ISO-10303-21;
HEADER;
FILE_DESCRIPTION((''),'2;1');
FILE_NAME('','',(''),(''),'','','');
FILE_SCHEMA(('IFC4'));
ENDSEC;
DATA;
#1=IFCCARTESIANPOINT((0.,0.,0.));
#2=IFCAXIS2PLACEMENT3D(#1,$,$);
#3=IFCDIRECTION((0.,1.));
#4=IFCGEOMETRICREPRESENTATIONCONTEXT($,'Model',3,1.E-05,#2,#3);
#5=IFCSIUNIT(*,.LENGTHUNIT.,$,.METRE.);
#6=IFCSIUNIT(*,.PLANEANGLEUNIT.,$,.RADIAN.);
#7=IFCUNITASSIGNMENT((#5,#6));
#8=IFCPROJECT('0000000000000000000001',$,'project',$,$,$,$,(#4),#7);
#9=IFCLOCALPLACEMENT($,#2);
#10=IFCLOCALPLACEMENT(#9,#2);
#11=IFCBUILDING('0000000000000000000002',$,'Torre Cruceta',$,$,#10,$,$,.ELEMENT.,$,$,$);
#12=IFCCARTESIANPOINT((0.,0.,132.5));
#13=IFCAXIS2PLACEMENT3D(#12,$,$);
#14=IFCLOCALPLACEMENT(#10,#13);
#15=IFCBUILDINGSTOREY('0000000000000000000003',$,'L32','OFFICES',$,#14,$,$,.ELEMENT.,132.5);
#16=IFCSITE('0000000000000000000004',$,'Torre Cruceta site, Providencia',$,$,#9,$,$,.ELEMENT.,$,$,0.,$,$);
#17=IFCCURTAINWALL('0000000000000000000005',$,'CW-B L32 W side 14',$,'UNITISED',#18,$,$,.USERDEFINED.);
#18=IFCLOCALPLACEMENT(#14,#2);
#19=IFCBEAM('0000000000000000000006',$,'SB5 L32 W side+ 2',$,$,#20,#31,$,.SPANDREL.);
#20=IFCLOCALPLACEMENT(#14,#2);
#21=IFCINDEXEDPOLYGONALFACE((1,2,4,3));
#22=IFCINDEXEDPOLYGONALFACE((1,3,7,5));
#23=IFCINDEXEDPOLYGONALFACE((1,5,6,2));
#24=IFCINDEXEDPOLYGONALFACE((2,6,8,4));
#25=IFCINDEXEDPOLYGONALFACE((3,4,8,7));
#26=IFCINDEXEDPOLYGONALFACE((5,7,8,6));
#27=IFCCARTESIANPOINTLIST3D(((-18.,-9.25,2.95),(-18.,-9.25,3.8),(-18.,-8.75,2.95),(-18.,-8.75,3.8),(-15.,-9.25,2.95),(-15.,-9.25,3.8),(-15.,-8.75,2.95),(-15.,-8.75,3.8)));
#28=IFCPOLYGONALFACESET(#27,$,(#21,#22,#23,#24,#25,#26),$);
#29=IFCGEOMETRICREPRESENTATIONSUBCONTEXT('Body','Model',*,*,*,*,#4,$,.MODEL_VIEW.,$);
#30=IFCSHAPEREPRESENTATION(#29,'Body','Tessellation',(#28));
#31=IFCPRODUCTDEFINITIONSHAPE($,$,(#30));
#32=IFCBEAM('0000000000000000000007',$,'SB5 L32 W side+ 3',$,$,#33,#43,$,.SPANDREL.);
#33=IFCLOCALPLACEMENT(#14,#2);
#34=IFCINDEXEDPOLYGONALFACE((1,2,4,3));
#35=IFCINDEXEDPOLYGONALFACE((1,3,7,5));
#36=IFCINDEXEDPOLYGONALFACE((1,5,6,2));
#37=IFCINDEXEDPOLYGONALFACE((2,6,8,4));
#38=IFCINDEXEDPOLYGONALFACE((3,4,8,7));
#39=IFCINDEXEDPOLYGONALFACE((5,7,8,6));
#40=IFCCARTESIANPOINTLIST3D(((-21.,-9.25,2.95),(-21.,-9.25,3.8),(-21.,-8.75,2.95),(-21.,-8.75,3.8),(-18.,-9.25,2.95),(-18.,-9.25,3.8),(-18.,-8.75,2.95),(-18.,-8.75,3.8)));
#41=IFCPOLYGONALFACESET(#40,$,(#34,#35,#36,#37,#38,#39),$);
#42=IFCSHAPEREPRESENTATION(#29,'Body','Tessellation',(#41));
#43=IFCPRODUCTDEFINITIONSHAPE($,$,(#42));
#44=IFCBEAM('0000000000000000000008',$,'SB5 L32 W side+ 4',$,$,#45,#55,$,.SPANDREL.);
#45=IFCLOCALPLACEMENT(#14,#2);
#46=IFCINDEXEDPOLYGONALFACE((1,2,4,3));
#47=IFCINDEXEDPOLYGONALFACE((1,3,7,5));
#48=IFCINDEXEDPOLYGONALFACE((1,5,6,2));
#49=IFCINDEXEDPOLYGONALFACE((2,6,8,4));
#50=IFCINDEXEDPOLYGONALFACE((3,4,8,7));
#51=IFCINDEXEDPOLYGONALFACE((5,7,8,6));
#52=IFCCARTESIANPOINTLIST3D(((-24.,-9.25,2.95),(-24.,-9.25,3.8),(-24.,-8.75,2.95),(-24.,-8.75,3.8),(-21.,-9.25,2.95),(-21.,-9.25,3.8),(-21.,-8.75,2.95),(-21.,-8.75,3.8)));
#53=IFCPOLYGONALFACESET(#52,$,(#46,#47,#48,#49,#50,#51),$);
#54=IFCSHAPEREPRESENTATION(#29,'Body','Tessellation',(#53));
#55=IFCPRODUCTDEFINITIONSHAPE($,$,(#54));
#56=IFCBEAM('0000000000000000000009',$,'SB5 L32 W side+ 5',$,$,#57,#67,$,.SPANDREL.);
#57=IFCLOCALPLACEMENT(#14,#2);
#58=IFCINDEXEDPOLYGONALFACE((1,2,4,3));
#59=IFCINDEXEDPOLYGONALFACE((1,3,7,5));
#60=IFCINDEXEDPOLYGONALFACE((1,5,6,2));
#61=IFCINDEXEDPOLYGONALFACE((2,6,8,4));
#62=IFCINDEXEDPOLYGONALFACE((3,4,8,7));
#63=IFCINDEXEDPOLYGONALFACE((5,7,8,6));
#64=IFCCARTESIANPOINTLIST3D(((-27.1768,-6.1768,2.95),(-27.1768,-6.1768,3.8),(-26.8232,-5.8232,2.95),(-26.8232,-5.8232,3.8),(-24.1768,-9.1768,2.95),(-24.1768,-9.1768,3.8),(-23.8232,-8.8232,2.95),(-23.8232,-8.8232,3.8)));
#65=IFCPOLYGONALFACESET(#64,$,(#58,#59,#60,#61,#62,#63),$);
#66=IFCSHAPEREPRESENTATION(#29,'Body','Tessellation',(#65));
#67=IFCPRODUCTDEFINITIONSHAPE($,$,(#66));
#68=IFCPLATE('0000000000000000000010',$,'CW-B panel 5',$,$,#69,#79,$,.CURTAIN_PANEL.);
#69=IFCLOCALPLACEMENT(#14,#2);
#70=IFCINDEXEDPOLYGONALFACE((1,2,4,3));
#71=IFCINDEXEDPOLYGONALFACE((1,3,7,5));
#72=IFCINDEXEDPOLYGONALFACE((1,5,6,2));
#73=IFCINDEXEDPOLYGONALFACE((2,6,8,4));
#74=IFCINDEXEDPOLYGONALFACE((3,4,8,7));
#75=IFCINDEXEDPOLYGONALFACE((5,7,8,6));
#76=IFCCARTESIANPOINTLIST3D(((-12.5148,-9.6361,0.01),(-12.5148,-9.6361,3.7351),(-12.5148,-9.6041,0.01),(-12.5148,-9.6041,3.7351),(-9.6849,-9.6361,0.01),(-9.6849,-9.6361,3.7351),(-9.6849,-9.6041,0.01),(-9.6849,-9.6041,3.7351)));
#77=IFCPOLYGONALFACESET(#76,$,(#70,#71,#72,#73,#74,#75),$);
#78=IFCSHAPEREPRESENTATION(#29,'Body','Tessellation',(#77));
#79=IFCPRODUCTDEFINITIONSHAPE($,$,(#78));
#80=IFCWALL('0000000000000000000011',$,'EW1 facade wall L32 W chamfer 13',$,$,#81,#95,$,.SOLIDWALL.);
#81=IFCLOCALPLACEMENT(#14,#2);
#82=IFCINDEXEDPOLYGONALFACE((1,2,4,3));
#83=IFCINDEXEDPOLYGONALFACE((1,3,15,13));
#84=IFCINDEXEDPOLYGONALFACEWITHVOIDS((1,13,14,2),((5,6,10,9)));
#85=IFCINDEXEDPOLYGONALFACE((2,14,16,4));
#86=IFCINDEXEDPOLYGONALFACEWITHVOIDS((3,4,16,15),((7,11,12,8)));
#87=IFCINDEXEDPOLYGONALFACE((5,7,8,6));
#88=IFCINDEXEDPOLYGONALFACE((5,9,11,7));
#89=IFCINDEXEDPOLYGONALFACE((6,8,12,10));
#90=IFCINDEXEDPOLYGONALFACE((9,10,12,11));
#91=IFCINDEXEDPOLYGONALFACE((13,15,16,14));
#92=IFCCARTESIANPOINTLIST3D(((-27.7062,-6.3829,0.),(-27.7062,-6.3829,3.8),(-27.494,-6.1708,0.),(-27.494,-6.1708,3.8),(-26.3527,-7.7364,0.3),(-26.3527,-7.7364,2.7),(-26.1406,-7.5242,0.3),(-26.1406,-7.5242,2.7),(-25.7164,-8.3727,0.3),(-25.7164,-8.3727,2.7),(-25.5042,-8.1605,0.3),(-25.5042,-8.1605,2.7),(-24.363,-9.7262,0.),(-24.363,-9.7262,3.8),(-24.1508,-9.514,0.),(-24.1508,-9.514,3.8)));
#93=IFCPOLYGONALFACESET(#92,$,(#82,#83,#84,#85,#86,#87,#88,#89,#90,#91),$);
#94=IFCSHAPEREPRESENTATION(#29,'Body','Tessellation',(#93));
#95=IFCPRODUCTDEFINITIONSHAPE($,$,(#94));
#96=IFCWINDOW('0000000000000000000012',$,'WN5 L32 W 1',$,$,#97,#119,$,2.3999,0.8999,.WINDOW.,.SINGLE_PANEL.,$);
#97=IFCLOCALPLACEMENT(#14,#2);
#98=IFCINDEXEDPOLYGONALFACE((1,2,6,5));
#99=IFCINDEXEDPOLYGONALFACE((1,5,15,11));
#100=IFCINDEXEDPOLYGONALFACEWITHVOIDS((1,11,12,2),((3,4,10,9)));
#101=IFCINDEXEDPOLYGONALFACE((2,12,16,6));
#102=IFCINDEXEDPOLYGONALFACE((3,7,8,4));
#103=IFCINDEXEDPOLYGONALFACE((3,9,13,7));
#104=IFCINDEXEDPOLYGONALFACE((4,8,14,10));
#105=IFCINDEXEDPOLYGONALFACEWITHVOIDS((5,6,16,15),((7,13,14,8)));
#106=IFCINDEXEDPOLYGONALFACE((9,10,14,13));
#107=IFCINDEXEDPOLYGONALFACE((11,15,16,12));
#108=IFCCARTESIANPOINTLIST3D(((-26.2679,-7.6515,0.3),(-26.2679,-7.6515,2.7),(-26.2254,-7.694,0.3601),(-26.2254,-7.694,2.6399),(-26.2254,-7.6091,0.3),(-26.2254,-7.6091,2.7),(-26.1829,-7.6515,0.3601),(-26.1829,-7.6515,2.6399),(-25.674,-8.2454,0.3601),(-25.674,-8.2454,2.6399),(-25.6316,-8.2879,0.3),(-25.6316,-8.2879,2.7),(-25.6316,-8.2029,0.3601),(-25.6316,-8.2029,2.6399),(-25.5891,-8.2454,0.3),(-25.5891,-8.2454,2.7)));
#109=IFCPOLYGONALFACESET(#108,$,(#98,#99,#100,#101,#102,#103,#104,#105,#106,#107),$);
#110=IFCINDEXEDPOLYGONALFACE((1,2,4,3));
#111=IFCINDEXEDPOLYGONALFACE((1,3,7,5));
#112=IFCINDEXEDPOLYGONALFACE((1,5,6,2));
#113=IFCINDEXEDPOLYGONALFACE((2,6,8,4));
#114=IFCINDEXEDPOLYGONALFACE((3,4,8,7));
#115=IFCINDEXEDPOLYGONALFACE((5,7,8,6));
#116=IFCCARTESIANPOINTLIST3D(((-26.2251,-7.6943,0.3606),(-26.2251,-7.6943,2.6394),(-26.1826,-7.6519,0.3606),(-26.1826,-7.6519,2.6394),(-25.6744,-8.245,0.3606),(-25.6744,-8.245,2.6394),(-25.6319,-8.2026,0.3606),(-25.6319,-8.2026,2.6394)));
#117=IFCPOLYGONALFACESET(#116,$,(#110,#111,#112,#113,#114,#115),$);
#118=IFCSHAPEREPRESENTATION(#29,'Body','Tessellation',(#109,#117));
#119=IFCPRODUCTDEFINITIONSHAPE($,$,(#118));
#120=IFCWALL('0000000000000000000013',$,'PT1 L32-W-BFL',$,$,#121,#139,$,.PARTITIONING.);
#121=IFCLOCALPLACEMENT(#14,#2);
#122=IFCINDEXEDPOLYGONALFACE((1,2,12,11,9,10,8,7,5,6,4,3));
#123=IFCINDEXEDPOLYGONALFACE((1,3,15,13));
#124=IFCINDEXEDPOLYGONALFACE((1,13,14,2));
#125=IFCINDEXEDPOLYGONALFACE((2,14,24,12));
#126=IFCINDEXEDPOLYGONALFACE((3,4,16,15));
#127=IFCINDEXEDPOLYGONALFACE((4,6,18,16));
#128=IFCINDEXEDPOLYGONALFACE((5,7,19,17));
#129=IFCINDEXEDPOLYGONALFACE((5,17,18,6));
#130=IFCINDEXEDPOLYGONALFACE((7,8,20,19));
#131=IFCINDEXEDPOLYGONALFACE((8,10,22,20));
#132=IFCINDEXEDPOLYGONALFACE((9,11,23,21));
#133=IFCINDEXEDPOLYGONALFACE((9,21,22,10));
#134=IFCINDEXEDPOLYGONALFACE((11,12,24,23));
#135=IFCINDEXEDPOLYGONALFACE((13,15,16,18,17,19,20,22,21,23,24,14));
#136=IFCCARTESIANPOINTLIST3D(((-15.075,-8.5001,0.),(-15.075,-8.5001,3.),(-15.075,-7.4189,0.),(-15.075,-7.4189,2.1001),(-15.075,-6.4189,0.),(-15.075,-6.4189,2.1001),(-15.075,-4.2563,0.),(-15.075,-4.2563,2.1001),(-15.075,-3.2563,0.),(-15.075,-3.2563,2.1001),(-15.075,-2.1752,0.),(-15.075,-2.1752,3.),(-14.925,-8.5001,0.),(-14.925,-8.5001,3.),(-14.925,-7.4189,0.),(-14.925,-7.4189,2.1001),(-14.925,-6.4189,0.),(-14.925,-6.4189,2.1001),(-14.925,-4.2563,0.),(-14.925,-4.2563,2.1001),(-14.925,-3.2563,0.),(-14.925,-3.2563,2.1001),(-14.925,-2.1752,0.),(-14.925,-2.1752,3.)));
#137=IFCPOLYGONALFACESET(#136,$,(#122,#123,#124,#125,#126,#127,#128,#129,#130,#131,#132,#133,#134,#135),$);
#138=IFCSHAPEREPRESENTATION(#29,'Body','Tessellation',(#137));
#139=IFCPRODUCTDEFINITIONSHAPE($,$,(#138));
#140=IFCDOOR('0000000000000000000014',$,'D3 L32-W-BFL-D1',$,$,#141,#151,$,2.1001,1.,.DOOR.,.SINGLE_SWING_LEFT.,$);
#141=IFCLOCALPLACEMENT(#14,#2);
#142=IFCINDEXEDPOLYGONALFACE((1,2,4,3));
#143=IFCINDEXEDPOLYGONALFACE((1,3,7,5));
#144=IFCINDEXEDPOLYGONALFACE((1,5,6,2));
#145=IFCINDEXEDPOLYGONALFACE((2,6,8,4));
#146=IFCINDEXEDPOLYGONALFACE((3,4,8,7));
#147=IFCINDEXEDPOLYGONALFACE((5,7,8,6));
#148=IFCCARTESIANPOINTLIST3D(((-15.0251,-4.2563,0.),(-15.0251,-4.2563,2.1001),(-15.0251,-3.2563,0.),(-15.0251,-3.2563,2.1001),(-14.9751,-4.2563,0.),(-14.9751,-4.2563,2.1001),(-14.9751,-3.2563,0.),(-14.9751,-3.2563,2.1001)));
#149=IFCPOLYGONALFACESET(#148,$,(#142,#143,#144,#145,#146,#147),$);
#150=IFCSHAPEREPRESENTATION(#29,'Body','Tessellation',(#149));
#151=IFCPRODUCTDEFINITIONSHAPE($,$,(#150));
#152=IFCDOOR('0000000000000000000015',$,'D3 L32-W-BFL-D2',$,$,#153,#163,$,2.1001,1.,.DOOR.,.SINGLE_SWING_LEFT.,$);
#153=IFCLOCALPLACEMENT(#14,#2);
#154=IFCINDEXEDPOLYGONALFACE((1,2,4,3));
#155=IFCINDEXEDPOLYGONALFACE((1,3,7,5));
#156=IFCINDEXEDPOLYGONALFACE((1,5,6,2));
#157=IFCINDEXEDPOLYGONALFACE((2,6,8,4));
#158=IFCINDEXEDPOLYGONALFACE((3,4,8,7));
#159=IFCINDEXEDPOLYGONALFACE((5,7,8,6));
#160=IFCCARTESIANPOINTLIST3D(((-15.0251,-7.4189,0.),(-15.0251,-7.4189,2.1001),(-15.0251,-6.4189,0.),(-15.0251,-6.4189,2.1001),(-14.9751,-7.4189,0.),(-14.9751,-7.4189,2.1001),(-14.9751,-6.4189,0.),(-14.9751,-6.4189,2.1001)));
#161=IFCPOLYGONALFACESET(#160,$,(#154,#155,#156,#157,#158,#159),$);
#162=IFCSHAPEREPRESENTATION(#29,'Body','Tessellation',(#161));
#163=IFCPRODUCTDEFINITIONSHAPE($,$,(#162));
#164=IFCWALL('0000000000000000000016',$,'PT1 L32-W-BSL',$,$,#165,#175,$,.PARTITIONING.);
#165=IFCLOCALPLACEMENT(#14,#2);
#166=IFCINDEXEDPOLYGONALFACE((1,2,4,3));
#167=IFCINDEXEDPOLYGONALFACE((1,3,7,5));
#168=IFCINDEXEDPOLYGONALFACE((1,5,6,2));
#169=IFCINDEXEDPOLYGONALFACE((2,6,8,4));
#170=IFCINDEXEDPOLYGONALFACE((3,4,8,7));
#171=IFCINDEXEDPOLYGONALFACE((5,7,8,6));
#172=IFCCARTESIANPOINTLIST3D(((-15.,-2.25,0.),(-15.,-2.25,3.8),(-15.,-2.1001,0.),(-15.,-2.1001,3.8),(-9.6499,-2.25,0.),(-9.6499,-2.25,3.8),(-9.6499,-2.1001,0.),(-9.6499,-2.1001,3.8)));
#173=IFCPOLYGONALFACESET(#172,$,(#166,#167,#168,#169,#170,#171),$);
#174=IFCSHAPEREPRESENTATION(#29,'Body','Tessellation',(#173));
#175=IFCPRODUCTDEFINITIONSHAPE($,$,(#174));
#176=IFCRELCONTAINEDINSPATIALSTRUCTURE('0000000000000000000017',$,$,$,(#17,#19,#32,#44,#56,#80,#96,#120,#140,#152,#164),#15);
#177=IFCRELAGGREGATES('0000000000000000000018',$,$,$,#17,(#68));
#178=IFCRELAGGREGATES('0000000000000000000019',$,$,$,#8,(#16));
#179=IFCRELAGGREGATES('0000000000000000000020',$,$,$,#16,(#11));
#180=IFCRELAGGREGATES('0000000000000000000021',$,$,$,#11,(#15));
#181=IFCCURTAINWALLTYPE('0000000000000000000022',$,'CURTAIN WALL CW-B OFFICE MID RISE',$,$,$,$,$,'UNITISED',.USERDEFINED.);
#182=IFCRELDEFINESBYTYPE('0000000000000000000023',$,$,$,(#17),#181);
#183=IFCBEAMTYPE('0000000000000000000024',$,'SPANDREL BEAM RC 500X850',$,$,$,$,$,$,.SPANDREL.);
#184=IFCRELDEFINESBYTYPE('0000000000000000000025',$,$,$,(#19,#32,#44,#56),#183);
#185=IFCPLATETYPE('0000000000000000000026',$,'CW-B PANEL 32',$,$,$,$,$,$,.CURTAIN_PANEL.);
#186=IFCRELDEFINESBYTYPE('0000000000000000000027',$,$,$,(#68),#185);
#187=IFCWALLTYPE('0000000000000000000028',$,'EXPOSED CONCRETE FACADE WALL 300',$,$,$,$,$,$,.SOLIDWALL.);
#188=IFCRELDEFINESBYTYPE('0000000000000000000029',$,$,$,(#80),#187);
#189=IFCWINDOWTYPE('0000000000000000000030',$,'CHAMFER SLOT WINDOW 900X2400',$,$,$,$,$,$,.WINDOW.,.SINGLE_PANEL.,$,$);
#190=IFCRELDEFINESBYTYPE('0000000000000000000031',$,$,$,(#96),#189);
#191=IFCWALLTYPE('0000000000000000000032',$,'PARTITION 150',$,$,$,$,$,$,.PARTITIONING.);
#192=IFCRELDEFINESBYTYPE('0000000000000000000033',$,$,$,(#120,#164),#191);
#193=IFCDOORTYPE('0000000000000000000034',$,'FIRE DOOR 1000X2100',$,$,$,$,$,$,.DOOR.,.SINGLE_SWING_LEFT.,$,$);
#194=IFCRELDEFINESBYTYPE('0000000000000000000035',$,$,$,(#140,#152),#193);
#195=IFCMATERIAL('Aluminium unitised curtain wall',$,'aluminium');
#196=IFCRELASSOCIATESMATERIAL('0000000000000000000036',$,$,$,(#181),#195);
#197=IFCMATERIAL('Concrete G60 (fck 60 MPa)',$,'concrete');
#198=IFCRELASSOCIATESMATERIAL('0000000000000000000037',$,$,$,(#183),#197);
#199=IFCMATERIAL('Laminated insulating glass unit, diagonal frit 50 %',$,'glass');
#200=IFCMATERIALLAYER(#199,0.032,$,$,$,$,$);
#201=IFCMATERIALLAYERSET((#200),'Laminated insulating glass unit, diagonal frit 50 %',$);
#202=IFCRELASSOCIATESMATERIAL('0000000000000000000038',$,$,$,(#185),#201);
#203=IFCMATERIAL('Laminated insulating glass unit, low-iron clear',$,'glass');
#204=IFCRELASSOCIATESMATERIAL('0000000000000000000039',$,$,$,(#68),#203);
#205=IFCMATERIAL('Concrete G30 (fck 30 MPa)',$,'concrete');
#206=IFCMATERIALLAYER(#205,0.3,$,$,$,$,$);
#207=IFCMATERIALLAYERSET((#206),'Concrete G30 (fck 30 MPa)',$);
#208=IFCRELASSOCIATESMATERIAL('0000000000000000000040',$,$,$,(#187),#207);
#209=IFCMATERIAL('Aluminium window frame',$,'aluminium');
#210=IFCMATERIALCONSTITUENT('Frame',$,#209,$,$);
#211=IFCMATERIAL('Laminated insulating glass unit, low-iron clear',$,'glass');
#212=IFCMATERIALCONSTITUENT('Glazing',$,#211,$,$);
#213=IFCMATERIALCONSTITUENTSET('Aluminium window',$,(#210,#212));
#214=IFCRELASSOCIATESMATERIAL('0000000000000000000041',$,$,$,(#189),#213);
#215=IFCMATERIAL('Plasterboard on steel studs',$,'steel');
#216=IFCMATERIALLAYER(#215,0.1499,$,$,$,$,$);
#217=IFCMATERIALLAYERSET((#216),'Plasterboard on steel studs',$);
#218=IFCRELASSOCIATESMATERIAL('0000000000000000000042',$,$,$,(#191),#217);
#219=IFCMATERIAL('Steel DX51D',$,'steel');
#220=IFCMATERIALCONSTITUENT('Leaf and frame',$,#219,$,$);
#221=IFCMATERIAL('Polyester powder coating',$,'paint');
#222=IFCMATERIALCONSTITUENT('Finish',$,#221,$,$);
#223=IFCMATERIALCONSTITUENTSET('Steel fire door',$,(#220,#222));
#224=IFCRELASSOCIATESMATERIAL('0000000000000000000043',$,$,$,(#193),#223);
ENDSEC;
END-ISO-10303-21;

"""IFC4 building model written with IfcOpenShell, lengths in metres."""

from ifc_helpers import new_model, si_unit, direction, frame, frame_2d, origin, origin_2d, place, context, subcontext, project, spatial, rectangle, hollow_rectangle, extrude, material, layer, layer_set, constituent, constituent_set, material_profile, profile_set, type_object, element, fill, aggregate, save


model = new_model("IFC4")

# Units and contexts
model_context = context("Model", 3, precision=1e-05, world=origin(), true_north=direction((0.0, 1.0)))
body_context = subcontext(model_context, "Body", "Model", "MODEL_VIEW")
ifc_project = project(units=[si_unit("LENGTHUNIT", "METRE"), si_unit("PLANEANGLEUNIT", "RADIAN")], contexts=[model_context])

# Site, building, storey
site_placement = place(None, origin())
site = spatial("IfcSite", under=ifc_project, at=site_placement, Name="Torre Cruceta site, Providencia", CompositionType="ELEMENT", RefElevation=0.0)
building_placement = place(site_placement, origin())
building = spatial("IfcBuilding", under=site, at=building_placement, Name="Torre Cruceta", CompositionType="ELEMENT")
storey_placement = place(building_placement, frame((0.0, 0.0, 132.5)))
storey = spatial("IfcBuildingStorey", under=building, at=storey_placement, Name="L32", Description="OFFICES", CompositionType="ELEMENT", Elevation=132.5)

# Curtain wall
ifc_material_1 = material(Name="Aluminium unitised curtain wall", Category="aluminium")
curtain_wall_type = type_object("IfcCurtainWallType", Name="CURTAIN WALL CW-B OFFICE MID RISE", ElementType="UNITISED", PredefinedType="USERDEFINED", material=ifc_material_1)
curtain_wall_placement = place(storey_placement, origin())
curtain_wall = element("IfcCurtainWall", 1, at=curtain_wall_placement, inside=storey, type_object=curtain_wall_type, Name="CW-B L32 W side 14", ObjectType="UNITISED", PredefinedType="USERDEFINED")

# Beams
ifc_material_2 = material(Name="Concrete G60 (fck 60 MPa)", Category="concrete")
ifc_material_profile_1 = material_profile(ifc_material_2, rectangle(XDim=0.5, YDim=0.8501, at=origin_2d()), Name="RC 500X850")
ifc_profile_set_1 = profile_set([ifc_material_profile_1], Name="Concrete G60 (fck 60 MPa)")
beam_type_1 = type_object("IfcBeamType", Name="SPANDREL BEAM RC 500X850", PredefinedType="SPANDREL", material=ifc_profile_set_1)
for number, where, z_axis, x_axis, name in (
    (2, (-15.0, -9.0, 3.375), (-1.0, 0.0, 0.0), (0.0, -1.0, 0.0), "SB5 L32 W side+ 2"),
    (3, (-18.0, -9.0, 3.375), (-1.0, 0.0, 0.0), (0.0, -1.0, 0.0), "SB5 L32 W side+ 3"),
    (4, (-21.0, -9.0, 3.375), (-1.0, 0.0, 0.0), (0.0, -1.0, 0.0), "SB5 L32 W side+ 4"),
):
    element("IfcBeam", number, at=place(storey_placement, frame(where, z_axis=z_axis, x_axis=x_axis)), inside=storey, type_object=beam_type_1, Name=name, PredefinedType="SPANDREL", context=body_context, shape_type="SweptSolid", body=[
        extrude(rectangle(XDim=0.5, YDim=0.8501, at=origin_2d()), origin(), (0.0, 0.0, 1.0), 3.0),
    ])
beam_1_placement = place(storey_placement, frame((-24.0, -9.0, 3.375), z_axis=(-0.707107, 0.707107, 0.0), x_axis=(-0.707107, -0.707107, 0.0)))
element("IfcBeam", 5, at=beam_1_placement, inside=storey, type_object=beam_type_1, Name="SB5 L32 W side+ 5", PredefinedType="SPANDREL", context=body_context, shape_type="SweptSolid", body=[
    extrude(rectangle(XDim=0.5, YDim=0.8501, at=origin_2d()), origin(), (0.0, 0.0, 1.0), 4.2427),
])

# Plate
ifc_material_3 = material(Name="Laminated insulating glass unit, low-iron clear", Category="glass")
ifc_material_4 = material(Name="Laminated insulating glass unit, diagonal frit 50 %", Category="glass")
ifc_layer_1 = layer(ifc_material_4, 0.032)
ifc_layer_set_1 = layer_set([ifc_layer_1], Name="Laminated insulating glass unit, diagonal frit 50 %")
plate_type = type_object("IfcPlateType", Name="CW-B PANEL 32", PredefinedType="CURTAIN_PANEL", material=ifc_layer_set_1)
plate_placement = place(storey_placement, frame((-11.0999, -9.6201, 0.01), z_axis=(0.0, 0.0, 1.0), x_axis=(1.0, 0.0, 0.0)))
plate = element("IfcPlate", 6, at=plate_placement, type_object=plate_type, material=ifc_material_3, Name="CW-B panel 5", PredefinedType="CURTAIN_PANEL", context=body_context, shape_type="SweptSolid", body=[
    extrude(rectangle(XDim=2.8298, YDim=0.032, at=origin_2d()), origin(), (0.0, 0.0, 1.0), 3.7251),
])
aggregate(curtain_wall, [plate])

# Wall, opening, window
ifc_material_5 = material(Name="Concrete G30 (fck 30 MPa)", Category="concrete")
ifc_layer_2 = layer(ifc_material_5, 0.3)
ifc_layer_set_2 = layer_set([ifc_layer_2], Name="Concrete G30 (fck 30 MPa)")
wall_type_1 = type_object("IfcWallType", Name="EXPOSED CONCRETE FACADE WALL 300", PredefinedType="SOLIDWALL", material=ifc_layer_set_2)
wall_1_placement = place(storey_placement, frame((-27.6001, -6.2769, 0.0), z_axis=(0.0, 0.0, 1.0), x_axis=(0.707107, -0.707107, 0.0)))
wall_1 = element("IfcWall", 7, at=wall_1_placement, inside=storey, type_object=wall_type_1, Name="EW1 facade wall L32 W chamfer 13", PredefinedType="SOLIDWALL", context=body_context, shape_type="SweptSolid", body=[
    extrude(rectangle(XDim=4.728, YDim=0.3, at=frame_2d((2.364, 0.0))), origin(), (0.0, 0.0, 1.0), 3.8),
])
opening_1_placement = place(wall_1_placement, frame((1.9141, 0.0, 0.3)))
opening_1 = element("IfcOpeningElement", 8, at=opening_1_placement, cuts=wall_1, PredefinedType="OPENING", context=body_context, shape_type="SweptSolid", body=[
    extrude(rectangle(XDim=0.8999, YDim=2.3999, at=frame_2d((0.45, 1.2))), frame((0.0, 0.1599, 0.0), z_axis=(0.0, -1.0, 0.0), x_axis=(1.0, 0.0, 0.0)), (0.0, 0.0, 1.0), 0.3201),
])
ifc_material_6 = material(Name="Aluminium window frame", Category="aluminium")
ifc_constituent_1 = constituent(ifc_material_6, Name="Frame")
ifc_material_7 = material(Name="Laminated insulating glass unit, low-iron clear", Category="glass")
ifc_constituent_2 = constituent(ifc_material_7, Name="Glazing")
ifc_constituent_set_1 = constituent_set(constituents=[ifc_constituent_1, ifc_constituent_2], Name="Aluminium window")
window_type = type_object("IfcWindowType", Name="CHAMFER SLOT WINDOW 900X2400", PartitioningType="SINGLE_PANEL", PredefinedType="WINDOW", material=ifc_constituent_set_1)
window_placement = place(opening_1_placement, origin())
window = element("IfcWindow", 9, at=window_placement, inside=storey, type_object=window_type, Name="WN5 L32 W 1", OverallHeight=2.3999, OverallWidth=0.8999, PartitioningType="SINGLE_PANEL", PredefinedType="WINDOW", context=body_context, shape_type="SweptSolid", body=[
    extrude(hollow_rectangle(XDim=0.8999, YDim=2.3999, WallThickness=0.0601, at=frame_2d((0.45, 1.2))), frame((0.0, 0.03, 0.0), z_axis=(0.0, -1.0, 0.0), x_axis=(1.0, 0.0, 0.0)), (0.0, 0.0, 1.0), 0.0601),
    extrude(rectangle(XDim=0.7788, YDim=2.2788, at=frame_2d((0.45, 1.2))), frame((0.0, 0.03, 0.0), z_axis=(0.0, -1.0, 0.0), x_axis=(1.0, 0.0, 0.0)), (0.0, 0.0, 1.0), 0.0601),
])
fill(opening_1, window)

# Wall, openings, doors
ifc_material_8 = material(Name="Plasterboard on steel studs", Category="steel")
ifc_layer_3 = layer(ifc_material_8, 0.1499)
ifc_layer_set_3 = layer_set([ifc_layer_3], Name="Plasterboard on steel studs")
wall_type_2 = type_object("IfcWallType", Name="PARTITION 150", PredefinedType="PARTITIONING", material=ifc_layer_set_3)
wall_2_placement = place(storey_placement, frame((-15.0, -2.175, 0.0), z_axis=(0.0, 0.0, 1.0), x_axis=(0.0, -1.0, 0.0)))
wall_2 = element("IfcWall", 10, at=wall_2_placement, inside=storey, type_object=wall_type_2, Name="PT1 L32-W-BFL", PredefinedType="PARTITIONING", context=body_context, shape_type="SweptSolid", body=[
    extrude(rectangle(XDim=6.325, YDim=0.1499, at=frame_2d((3.1626, 0.0))), origin(), (0.0, 0.0, 1.0), 3.0),
])
opening_2_placement = place(wall_2_placement, frame((1.0813, 0.0, 0.0)))
opening_2 = element("IfcOpeningElement", 11, at=opening_2_placement, cuts=wall_2, PredefinedType="OPENING", context=body_context, shape_type="SweptSolid", body=[
    extrude(rectangle(XDim=1.0, YDim=2.1001, at=frame_2d((0.5, 1.05))), frame((0.0, 0.085, 0.0), z_axis=(0.0, -1.0, 0.0), x_axis=(1.0, 0.0, 0.0)), (0.0, 0.0, 1.0), 0.1699),
])
opening_3_placement = place(wall_2_placement, frame((4.2439, 0.0, 0.0)))
opening_3 = element("IfcOpeningElement", 12, at=opening_3_placement, cuts=wall_2, PredefinedType="OPENING", context=body_context, shape_type="SweptSolid", body=[
    extrude(rectangle(XDim=1.0, YDim=2.1001, at=frame_2d((0.5, 1.05))), frame((0.0, 0.085, 0.0), z_axis=(0.0, -1.0, 0.0), x_axis=(1.0, 0.0, 0.0)), (0.0, 0.0, 1.0), 0.1699),
])
ifc_material_9 = material(Name="Steel DX51D", Category="steel")
ifc_constituent_3 = constituent(ifc_material_9, Name="Leaf and frame")
ifc_material_10 = material(Name="Polyester powder coating", Category="paint")
ifc_constituent_4 = constituent(ifc_material_10, Name="Finish")
ifc_constituent_set_2 = constituent_set(constituents=[ifc_constituent_3, ifc_constituent_4], Name="Steel fire door")
door_type_1 = type_object("IfcDoorType", Name="FIRE DOOR 1000X2100", OperationType="SINGLE_SWING_LEFT", PredefinedType="DOOR", material=ifc_constituent_set_2)
door_1_placement = place(opening_2_placement, origin())
door_1 = element("IfcDoor", 13, at=door_1_placement, inside=storey, type_object=door_type_1, Name="D3 L32-W-BFL-D1", OperationType="SINGLE_SWING_LEFT", OverallHeight=2.1001, OverallWidth=1.0, PredefinedType="DOOR", context=body_context, shape_type="SweptSolid", body=[
    extrude(rectangle(XDim=1.0, YDim=2.1001, at=frame_2d((0.5, 1.05))), frame((0.0, 0.0249, 0.0), z_axis=(0.0, -1.0, 0.0), x_axis=(1.0, 0.0, 0.0)), (0.0, 0.0, 1.0), 0.05),
])
fill(opening_2, door_1)
door_2_placement = place(opening_3_placement, origin())
door_2 = element("IfcDoor", 14, at=door_2_placement, inside=storey, type_object=door_type_1, Name="D3 L32-W-BFL-D2", OperationType="SINGLE_SWING_LEFT", OverallHeight=2.1001, OverallWidth=1.0, PredefinedType="DOOR", context=body_context, shape_type="SweptSolid", body=[
    extrude(rectangle(XDim=1.0, YDim=2.1001, at=frame_2d((0.5, 1.05))), frame((0.0, 0.0249, 0.0), z_axis=(0.0, -1.0, 0.0), x_axis=(1.0, 0.0, 0.0)), (0.0, 0.0, 1.0), 0.05),
])
fill(opening_3, door_2)

# Wall
wall_3_placement = place(storey_placement, frame((-9.6499, -2.175, 0.0), z_axis=(0.0, 0.0, 1.0), x_axis=(-1.0, 0.0, 0.0)))
element("IfcWall", 15, at=wall_3_placement, inside=storey, type_object=wall_type_2, Name="PT1 L32-W-BSL", PredefinedType="PARTITIONING", context=body_context, shape_type="SweptSolid", body=[
    extrude(rectangle(XDim=5.3501, YDim=0.1499, at=frame_2d((2.675, 0.0))), origin(), (0.0, 0.0, 1.0), 3.8),
])

save(model, "model.ifc")
